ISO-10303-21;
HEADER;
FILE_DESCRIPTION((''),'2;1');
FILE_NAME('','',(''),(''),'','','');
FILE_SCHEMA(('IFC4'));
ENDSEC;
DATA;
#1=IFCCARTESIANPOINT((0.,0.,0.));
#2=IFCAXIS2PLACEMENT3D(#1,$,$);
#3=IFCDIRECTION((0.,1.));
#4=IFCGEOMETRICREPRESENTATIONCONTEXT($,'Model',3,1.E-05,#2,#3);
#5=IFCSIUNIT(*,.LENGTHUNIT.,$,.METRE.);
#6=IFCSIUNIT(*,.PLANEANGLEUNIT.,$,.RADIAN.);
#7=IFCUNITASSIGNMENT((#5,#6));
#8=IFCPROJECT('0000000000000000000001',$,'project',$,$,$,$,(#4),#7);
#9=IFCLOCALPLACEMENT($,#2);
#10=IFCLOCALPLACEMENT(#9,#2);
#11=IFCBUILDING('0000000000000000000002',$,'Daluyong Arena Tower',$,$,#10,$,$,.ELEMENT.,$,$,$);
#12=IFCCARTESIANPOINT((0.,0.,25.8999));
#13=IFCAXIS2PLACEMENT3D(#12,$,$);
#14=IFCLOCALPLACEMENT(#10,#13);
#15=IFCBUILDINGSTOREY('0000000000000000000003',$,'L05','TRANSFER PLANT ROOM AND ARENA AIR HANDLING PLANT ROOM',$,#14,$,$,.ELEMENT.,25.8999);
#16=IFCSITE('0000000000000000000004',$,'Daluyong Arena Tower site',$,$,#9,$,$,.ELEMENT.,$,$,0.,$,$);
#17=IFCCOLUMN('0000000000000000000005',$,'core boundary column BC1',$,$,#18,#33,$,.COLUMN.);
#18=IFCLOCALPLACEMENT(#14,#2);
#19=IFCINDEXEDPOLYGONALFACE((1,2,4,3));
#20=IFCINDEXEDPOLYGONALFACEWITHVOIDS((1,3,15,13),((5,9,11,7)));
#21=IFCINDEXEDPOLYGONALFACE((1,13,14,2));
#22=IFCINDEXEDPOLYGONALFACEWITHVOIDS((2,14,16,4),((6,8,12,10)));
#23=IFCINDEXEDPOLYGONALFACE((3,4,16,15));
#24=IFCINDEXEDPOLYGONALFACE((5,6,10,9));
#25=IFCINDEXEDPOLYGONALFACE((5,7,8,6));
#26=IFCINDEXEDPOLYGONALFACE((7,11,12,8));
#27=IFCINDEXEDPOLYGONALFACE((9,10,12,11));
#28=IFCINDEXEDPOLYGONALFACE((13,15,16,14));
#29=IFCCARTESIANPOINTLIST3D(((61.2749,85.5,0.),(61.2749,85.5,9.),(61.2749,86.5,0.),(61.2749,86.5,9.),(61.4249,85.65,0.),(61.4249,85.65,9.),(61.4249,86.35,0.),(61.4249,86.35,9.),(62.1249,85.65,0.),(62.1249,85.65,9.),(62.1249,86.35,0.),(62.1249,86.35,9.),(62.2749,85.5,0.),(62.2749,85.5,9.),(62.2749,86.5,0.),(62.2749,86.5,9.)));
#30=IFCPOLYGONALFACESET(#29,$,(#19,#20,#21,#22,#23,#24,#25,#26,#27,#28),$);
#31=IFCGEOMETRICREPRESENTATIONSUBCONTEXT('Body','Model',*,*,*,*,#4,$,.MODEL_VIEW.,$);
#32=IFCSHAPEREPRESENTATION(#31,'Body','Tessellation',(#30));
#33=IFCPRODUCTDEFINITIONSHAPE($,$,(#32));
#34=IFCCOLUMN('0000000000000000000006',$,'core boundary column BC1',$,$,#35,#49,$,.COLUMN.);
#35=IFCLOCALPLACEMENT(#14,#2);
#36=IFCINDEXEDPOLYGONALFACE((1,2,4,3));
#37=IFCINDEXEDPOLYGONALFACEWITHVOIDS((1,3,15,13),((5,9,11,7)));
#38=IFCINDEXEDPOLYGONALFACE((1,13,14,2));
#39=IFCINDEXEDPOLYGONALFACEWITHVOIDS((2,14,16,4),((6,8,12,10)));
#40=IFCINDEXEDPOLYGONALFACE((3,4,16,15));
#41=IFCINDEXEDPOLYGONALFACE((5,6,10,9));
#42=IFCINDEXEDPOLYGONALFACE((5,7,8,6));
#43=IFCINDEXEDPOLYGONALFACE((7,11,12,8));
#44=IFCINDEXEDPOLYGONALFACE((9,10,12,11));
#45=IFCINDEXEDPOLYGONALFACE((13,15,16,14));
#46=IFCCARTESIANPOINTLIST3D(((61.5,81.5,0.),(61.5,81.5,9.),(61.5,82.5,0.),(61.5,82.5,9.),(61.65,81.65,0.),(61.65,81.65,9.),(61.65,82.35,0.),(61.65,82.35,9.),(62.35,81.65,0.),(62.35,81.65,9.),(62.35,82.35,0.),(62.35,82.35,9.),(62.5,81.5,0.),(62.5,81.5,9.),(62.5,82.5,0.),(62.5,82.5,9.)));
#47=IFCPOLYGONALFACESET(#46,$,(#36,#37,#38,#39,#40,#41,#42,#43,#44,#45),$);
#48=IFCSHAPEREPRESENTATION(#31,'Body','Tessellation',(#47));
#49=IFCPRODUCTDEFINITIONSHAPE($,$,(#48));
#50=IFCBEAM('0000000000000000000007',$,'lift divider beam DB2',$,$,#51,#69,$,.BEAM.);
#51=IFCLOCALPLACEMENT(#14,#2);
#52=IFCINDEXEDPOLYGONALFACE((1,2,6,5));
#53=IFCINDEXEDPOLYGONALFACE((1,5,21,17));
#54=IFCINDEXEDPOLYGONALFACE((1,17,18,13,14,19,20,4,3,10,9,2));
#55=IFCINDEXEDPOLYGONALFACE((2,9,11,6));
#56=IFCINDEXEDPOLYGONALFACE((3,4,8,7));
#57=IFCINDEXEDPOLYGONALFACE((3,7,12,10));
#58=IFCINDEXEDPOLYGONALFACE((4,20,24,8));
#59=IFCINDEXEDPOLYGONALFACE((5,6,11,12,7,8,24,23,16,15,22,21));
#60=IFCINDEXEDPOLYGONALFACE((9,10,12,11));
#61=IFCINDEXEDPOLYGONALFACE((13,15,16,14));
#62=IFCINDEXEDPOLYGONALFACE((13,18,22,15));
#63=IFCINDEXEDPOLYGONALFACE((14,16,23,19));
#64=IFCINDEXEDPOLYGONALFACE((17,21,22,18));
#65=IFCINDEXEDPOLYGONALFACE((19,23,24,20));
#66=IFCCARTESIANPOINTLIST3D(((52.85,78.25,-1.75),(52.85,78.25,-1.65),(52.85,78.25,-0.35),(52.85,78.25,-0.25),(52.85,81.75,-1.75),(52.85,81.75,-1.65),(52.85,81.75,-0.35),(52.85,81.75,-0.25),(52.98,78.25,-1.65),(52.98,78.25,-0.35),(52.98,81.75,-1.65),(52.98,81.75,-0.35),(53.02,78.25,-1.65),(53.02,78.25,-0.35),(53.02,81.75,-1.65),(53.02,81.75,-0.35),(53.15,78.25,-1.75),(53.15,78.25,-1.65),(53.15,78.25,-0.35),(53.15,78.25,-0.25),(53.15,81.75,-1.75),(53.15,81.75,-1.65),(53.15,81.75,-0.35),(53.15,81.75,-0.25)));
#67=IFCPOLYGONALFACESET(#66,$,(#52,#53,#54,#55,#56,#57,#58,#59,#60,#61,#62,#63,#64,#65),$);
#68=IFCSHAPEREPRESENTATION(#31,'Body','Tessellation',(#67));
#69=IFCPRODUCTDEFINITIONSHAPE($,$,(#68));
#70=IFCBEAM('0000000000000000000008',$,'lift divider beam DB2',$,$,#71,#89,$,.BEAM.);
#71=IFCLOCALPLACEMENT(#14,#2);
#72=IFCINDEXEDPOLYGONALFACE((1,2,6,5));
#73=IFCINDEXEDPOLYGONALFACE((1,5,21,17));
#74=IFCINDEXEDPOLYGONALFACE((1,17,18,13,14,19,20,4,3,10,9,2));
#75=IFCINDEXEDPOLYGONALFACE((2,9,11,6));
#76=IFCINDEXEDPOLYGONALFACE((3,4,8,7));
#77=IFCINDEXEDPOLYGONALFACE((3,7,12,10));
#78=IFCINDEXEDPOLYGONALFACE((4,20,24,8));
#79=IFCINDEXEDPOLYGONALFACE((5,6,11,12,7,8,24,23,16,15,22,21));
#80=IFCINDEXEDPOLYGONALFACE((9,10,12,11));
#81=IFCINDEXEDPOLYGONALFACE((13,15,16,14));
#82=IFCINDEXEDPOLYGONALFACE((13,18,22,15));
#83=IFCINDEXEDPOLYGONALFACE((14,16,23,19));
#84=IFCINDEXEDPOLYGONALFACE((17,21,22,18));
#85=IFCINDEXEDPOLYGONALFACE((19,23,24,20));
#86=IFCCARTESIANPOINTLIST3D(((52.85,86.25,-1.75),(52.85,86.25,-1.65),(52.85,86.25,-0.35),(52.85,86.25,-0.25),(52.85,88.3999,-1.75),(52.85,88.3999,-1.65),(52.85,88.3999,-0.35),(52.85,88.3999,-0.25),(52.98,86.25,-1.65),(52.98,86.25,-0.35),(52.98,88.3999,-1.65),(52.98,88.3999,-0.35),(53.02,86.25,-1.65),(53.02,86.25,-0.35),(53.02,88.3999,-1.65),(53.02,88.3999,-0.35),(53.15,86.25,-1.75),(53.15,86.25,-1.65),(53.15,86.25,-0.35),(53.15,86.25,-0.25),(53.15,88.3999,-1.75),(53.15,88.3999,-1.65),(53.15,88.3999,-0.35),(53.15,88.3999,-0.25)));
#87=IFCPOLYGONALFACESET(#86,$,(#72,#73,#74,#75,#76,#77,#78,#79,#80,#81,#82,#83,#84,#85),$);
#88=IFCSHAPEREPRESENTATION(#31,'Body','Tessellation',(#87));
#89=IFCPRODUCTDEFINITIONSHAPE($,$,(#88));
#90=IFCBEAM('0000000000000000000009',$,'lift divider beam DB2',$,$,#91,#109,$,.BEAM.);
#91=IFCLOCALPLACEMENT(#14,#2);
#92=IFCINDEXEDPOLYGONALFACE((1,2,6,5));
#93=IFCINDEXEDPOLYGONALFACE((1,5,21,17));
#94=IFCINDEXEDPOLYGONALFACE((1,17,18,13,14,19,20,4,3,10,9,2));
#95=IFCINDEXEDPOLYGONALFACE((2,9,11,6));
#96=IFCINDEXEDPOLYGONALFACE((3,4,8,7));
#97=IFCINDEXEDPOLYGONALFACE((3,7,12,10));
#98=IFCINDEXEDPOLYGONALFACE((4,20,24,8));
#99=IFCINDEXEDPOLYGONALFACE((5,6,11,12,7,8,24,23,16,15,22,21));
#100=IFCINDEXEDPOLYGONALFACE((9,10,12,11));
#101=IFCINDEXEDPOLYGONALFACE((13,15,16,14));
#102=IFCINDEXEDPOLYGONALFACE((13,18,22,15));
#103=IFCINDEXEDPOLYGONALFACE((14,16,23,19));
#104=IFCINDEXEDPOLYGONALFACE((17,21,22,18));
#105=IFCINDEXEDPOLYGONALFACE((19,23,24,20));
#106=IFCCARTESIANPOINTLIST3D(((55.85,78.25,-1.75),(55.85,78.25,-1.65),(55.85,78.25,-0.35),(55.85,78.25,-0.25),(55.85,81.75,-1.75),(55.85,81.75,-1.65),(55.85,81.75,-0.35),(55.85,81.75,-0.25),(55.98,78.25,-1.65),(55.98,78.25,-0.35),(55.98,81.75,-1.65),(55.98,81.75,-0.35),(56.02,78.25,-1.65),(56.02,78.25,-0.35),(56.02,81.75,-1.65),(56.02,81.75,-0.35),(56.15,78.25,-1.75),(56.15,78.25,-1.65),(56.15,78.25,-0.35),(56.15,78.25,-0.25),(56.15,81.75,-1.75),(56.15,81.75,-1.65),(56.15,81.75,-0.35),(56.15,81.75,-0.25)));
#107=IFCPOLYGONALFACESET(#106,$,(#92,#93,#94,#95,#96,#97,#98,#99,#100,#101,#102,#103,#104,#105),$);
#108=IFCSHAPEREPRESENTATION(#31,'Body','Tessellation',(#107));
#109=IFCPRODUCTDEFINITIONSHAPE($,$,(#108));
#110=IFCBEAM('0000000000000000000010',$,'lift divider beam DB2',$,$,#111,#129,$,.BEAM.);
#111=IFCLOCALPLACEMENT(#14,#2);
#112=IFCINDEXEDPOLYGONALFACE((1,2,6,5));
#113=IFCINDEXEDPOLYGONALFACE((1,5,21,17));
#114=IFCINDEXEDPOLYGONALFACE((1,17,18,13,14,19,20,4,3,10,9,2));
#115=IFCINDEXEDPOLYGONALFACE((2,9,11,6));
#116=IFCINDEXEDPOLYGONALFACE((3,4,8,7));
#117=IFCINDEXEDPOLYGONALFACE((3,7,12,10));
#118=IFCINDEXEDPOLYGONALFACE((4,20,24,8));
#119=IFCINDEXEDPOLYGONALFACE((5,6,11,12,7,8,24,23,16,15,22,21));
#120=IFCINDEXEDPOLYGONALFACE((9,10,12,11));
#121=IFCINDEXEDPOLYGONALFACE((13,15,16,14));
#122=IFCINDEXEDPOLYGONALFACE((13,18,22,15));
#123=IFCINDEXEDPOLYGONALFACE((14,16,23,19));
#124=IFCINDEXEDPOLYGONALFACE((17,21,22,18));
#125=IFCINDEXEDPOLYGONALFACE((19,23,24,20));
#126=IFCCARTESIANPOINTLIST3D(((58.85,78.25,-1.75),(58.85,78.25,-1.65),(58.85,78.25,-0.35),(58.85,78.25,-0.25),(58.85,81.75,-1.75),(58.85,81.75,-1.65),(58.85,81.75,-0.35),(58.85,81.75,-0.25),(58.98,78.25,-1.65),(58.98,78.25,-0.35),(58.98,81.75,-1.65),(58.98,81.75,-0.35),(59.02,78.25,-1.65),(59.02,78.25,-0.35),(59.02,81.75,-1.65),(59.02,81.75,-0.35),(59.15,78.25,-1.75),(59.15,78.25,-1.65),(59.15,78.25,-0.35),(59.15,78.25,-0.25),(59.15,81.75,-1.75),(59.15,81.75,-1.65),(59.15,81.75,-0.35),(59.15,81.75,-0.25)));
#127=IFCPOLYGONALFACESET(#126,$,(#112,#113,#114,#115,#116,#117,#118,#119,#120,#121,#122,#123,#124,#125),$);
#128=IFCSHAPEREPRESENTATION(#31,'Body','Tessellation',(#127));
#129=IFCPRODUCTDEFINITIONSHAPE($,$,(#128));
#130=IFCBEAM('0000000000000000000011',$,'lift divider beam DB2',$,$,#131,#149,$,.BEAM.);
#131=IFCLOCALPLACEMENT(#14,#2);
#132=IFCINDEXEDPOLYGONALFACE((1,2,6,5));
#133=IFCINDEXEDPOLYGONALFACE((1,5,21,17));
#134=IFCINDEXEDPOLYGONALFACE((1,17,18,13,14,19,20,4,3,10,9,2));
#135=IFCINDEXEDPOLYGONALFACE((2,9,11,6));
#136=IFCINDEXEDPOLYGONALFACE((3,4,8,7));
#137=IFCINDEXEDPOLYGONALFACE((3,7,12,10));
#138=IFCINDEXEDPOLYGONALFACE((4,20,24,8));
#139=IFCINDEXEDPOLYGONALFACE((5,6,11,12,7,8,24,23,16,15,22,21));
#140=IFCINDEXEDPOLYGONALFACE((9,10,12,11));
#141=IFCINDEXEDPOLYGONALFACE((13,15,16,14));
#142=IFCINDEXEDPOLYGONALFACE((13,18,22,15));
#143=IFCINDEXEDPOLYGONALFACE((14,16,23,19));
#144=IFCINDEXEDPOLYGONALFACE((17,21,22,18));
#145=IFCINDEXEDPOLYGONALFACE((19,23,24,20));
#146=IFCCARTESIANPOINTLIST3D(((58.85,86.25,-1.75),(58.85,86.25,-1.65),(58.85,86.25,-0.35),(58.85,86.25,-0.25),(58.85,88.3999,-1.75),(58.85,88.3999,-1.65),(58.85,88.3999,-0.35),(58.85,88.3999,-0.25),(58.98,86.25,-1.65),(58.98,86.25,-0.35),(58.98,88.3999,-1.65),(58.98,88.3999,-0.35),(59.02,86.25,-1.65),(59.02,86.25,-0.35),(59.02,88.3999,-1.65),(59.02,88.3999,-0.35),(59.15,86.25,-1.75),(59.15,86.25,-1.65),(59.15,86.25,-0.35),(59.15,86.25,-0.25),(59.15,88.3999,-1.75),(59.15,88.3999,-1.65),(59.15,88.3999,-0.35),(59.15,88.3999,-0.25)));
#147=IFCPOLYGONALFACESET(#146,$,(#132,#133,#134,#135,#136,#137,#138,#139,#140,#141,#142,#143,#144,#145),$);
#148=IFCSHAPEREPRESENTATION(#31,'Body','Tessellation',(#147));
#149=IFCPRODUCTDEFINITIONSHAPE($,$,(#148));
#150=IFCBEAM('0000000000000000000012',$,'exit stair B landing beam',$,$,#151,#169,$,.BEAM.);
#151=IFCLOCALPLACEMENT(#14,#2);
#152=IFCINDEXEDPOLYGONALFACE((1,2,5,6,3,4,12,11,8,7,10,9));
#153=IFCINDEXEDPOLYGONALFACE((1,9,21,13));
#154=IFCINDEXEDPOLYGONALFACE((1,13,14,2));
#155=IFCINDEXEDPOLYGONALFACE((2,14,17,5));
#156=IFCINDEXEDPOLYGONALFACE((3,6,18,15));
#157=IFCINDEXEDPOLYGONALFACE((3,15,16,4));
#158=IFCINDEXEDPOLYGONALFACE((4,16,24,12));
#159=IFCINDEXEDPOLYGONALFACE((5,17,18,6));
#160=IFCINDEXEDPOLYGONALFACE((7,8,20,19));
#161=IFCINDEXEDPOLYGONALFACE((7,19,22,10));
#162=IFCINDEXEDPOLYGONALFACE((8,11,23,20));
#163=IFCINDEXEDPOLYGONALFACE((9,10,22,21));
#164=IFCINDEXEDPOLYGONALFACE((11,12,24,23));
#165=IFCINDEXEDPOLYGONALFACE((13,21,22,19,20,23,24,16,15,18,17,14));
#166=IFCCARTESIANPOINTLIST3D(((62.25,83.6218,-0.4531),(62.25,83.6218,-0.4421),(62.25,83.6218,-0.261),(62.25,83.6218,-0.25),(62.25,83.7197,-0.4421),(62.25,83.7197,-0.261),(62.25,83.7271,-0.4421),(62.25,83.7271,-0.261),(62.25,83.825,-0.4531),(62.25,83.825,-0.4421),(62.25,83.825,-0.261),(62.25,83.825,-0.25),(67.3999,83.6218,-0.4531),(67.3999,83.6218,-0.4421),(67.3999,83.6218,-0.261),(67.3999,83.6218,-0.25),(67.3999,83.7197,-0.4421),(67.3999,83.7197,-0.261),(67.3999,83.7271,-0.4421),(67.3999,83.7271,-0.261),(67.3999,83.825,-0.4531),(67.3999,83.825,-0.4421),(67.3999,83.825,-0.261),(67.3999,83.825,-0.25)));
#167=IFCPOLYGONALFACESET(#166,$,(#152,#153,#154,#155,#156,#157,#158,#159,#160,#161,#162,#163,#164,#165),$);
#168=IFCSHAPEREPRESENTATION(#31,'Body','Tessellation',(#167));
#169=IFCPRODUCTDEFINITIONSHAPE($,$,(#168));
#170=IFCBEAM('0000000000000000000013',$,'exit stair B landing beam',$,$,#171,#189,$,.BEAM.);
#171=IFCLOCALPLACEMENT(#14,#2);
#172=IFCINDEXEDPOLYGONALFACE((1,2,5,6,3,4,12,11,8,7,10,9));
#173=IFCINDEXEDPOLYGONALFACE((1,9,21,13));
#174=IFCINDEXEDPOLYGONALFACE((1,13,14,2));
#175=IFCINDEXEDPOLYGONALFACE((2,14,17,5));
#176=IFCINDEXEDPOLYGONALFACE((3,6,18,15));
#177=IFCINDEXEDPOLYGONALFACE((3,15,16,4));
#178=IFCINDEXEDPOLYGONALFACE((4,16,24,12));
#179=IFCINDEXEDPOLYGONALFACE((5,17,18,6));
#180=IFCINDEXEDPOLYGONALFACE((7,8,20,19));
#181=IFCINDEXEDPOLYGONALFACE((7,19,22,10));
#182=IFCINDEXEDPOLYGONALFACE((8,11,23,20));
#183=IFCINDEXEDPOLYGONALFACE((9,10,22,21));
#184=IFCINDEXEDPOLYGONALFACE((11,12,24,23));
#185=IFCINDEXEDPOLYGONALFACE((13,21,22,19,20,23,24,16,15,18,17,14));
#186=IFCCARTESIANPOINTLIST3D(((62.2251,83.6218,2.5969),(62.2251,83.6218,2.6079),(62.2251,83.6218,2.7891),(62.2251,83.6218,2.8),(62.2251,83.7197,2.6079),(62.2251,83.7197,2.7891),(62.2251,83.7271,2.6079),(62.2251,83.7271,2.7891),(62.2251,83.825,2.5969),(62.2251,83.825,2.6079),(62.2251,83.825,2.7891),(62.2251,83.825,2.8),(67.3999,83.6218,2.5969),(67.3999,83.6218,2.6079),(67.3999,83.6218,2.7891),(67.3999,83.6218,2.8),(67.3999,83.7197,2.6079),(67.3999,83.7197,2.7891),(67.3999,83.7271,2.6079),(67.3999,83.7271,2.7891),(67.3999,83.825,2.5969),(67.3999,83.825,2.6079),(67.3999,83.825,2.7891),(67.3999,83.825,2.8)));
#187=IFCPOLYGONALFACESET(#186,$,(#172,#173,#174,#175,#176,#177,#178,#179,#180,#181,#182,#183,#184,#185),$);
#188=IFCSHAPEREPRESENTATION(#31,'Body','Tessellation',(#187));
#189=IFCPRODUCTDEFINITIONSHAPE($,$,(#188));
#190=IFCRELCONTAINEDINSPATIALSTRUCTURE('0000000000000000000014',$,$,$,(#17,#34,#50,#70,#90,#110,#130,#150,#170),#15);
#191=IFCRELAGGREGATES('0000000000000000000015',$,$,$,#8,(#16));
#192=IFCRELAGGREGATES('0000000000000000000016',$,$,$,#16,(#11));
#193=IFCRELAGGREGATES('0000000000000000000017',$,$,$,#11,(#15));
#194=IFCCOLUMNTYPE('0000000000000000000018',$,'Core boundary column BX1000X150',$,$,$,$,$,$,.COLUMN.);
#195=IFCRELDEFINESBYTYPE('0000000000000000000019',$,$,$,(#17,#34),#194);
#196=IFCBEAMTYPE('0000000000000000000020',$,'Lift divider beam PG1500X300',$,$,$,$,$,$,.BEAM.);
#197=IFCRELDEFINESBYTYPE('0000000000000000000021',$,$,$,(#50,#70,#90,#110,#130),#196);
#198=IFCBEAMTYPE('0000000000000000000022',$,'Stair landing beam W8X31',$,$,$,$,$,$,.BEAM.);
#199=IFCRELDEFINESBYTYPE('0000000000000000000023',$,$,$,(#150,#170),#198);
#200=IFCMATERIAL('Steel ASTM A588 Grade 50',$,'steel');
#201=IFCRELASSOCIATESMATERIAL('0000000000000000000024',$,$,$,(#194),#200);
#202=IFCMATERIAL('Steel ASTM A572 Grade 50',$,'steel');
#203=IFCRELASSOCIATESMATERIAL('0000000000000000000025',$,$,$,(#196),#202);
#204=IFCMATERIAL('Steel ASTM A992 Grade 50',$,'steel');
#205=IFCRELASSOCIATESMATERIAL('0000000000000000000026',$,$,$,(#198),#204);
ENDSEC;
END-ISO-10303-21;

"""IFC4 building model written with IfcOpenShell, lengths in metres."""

from ifc_helpers import new_model, si_unit, direction, frame, origin, origin_2d, place, context, subcontext, project, spatial, hollow_rectangle, i_section, extrude, material, material_profile, profile_set, type_object, element, save


model = new_model("IFC4")

# Units and contexts
model_context = context("Model", 3, precision=1e-05, world=origin(), true_north=direction((0.0, 1.0)))
body_context = subcontext(model_context, "Body", "Model", "MODEL_VIEW")
ifc_project = project(units=[si_unit("LENGTHUNIT", "METRE"), si_unit("PLANEANGLEUNIT", "RADIAN")], contexts=[model_context])

# Site, building, storey
site_placement = place(None, origin())
site = spatial("IfcSite", under=ifc_project, at=site_placement, Name="Daluyong Arena Tower site", CompositionType="ELEMENT", RefElevation=0.0)
building_placement = place(site_placement, origin())
building = spatial("IfcBuilding", under=site, at=building_placement, Name="Daluyong Arena Tower", CompositionType="ELEMENT")
storey_placement = place(building_placement, frame((0.0, 0.0, 25.8999)))
storey = spatial("IfcBuildingStorey", under=building, at=storey_placement, Name="L05", Description="TRANSFER PLANT ROOM AND ARENA AIR HANDLING PLANT ROOM", CompositionType="ELEMENT", Elevation=25.8999)

# Columns
ifc_material_1 = material(Name="Steel ASTM A588 Grade 50", Category="steel")
ifc_material_profile_1 = material_profile(ifc_material_1, hollow_rectangle(XDim=1.0, YDim=1.0, WallThickness=0.15, at=origin_2d()))
ifc_profile_set_1 = profile_set([ifc_material_profile_1], Name="Steel ASTM A588 Grade 50")
column_type = type_object("IfcColumnType", Name="Core boundary column BX1000X150", PredefinedType="COLUMN", material=ifc_profile_set_1)
for number, where, z_axis, x_axis, name in (
    (1, (61.7749, 86.0, 0.0), (0.0, 0.0, 1.0), (1.0, 0.0, 0.0), "core boundary column BC1"),
    (2, (62.0, 82.0, 0.0), (0.0, 0.0, 1.0), (1.0, 0.0, 0.0), "core boundary column BC1"),
):
    element("IfcColumn", number, at=place(storey_placement, frame(where, z_axis=z_axis, x_axis=x_axis)), inside=storey, type_object=column_type, Name=name, PredefinedType="COLUMN", context=body_context, shape_type="SweptSolid", body=[
        extrude(hollow_rectangle(XDim=1.0, YDim=1.0, WallThickness=0.15, at=origin_2d()), origin(), (0.0, 0.0, 1.0), 9.0),
    ])

# Beams
ifc_material_2 = material(Name="Steel ASTM A572 Grade 50", Category="steel")
ifc_material_profile_2 = material_profile(ifc_material_2, i_section(OverallWidth=0.3, OverallDepth=1.5, WebThickness=0.04, FlangeThickness=0.1, at=origin_2d()))
ifc_profile_set_2 = profile_set([ifc_material_profile_2], Name="Steel ASTM A572 Grade 50")
beam_type_1 = type_object("IfcBeamType", Name="Lift divider beam PG1500X300", PredefinedType="BEAM", material=ifc_profile_set_2)
beam_1_placement = place(storey_placement, frame((53.0, 78.25, -1.0), z_axis=(0.0, 1.0, 0.0), x_axis=(-1.0, 0.0, 0.0)))
element("IfcBeam", 3, at=beam_1_placement, inside=storey, type_object=beam_type_1, Name="lift divider beam DB2", PredefinedType="BEAM", context=body_context, shape_type="SweptSolid", body=[
    extrude(i_section(OverallWidth=0.3, OverallDepth=1.5, WebThickness=0.04, FlangeThickness=0.1, at=origin_2d()), origin(), (0.0, 0.0, 1.0), 3.5),
])
beam_2_placement = place(storey_placement, frame((53.0, 86.25, -1.0), z_axis=(0.0, 1.0, 0.0), x_axis=(-1.0, 0.0, 0.0)))
element("IfcBeam", 4, at=beam_2_placement, inside=storey, type_object=beam_type_1, Name="lift divider beam DB2", PredefinedType="BEAM", context=body_context, shape_type="SweptSolid", body=[
    extrude(i_section(OverallWidth=0.3, OverallDepth=1.5, WebThickness=0.04, FlangeThickness=0.1, at=origin_2d()), origin(), (0.0, 0.0, 1.0), 2.1499),
])
for number, where, z_axis, x_axis, name in (
    (5, (56.0, 78.25, -1.0), (0.0, 1.0, 0.0), (-1.0, 0.0, 0.0), "lift divider beam DB2"),
    (6, (59.0, 78.25, -1.0), (0.0, 1.0, 0.0), (-1.0, 0.0, 0.0), "lift divider beam DB2"),
):
    element("IfcBeam", number, at=place(storey_placement, frame(where, z_axis=z_axis, x_axis=x_axis)), inside=storey, type_object=beam_type_1, Name=name, PredefinedType="BEAM", context=body_context, shape_type="SweptSolid", body=[
        extrude(i_section(OverallWidth=0.3, OverallDepth=1.5, WebThickness=0.04, FlangeThickness=0.1, at=origin_2d()), origin(), (0.0, 0.0, 1.0), 3.5),
    ])
beam_3_placement = place(storey_placement, frame((59.0, 86.25, -1.0), z_axis=(0.0, 1.0, 0.0), x_axis=(-1.0, 0.0, 0.0)))
element("IfcBeam", 7, at=beam_3_placement, inside=storey, type_object=beam_type_1, Name="lift divider beam DB2", PredefinedType="BEAM", context=body_context, shape_type="SweptSolid", body=[
    extrude(i_section(OverallWidth=0.3, OverallDepth=1.5, WebThickness=0.04, FlangeThickness=0.1, at=origin_2d()), origin(), (0.0, 0.0, 1.0), 2.1499),
])
ifc_material_3 = material(Name="Steel ASTM A992 Grade 50", Category="steel")
ifc_material_profile_3 = material_profile(ifc_material_3, i_section(OverallWidth=0.2031, OverallDepth=0.2031, WebThickness=0.0073, FlangeThickness=0.011, at=origin_2d()))
ifc_profile_set_3 = profile_set([ifc_material_profile_3], Name="Steel ASTM A992 Grade 50")
beam_type_2 = type_object("IfcBeamType", Name="Stair landing beam W8X31", PredefinedType="BEAM", material=ifc_profile_set_3)
beam_4_placement = place(storey_placement, frame((62.25, 83.7234, -0.3516), z_axis=(1.0, 0.0, 0.0), x_axis=(0.0, 1.0, 0.0)))
element("IfcBeam", 8, at=beam_4_placement, inside=storey, type_object=beam_type_2, Name="exit stair B landing beam", PredefinedType="BEAM", context=body_context, shape_type="SweptSolid", body=[
    extrude(i_section(OverallWidth=0.2031, OverallDepth=0.2031, WebThickness=0.0073, FlangeThickness=0.011, at=origin_2d()), origin(), (0.0, 0.0, 1.0), 5.1499),
])
for number, where, z_axis, x_axis, name in (
    (9, (62.2251, 83.7234, 2.6985), (1.0, 0.0, 0.0), (0.0, 1.0, 0.0), "exit stair B landing beam"),
):
    element("IfcBeam", number, at=place(storey_placement, frame(where, z_axis=z_axis, x_axis=x_axis)), inside=storey, type_object=beam_type_2, Name=name, PredefinedType="BEAM", context=body_context, shape_type="SweptSolid", body=[
        extrude(i_section(OverallWidth=0.2031, OverallDepth=0.2031, WebThickness=0.0073, FlangeThickness=0.011, at=origin_2d()), origin(), (0.0, 0.0, 1.0), 5.1748),
    ])

save(model, "model.ifc")
